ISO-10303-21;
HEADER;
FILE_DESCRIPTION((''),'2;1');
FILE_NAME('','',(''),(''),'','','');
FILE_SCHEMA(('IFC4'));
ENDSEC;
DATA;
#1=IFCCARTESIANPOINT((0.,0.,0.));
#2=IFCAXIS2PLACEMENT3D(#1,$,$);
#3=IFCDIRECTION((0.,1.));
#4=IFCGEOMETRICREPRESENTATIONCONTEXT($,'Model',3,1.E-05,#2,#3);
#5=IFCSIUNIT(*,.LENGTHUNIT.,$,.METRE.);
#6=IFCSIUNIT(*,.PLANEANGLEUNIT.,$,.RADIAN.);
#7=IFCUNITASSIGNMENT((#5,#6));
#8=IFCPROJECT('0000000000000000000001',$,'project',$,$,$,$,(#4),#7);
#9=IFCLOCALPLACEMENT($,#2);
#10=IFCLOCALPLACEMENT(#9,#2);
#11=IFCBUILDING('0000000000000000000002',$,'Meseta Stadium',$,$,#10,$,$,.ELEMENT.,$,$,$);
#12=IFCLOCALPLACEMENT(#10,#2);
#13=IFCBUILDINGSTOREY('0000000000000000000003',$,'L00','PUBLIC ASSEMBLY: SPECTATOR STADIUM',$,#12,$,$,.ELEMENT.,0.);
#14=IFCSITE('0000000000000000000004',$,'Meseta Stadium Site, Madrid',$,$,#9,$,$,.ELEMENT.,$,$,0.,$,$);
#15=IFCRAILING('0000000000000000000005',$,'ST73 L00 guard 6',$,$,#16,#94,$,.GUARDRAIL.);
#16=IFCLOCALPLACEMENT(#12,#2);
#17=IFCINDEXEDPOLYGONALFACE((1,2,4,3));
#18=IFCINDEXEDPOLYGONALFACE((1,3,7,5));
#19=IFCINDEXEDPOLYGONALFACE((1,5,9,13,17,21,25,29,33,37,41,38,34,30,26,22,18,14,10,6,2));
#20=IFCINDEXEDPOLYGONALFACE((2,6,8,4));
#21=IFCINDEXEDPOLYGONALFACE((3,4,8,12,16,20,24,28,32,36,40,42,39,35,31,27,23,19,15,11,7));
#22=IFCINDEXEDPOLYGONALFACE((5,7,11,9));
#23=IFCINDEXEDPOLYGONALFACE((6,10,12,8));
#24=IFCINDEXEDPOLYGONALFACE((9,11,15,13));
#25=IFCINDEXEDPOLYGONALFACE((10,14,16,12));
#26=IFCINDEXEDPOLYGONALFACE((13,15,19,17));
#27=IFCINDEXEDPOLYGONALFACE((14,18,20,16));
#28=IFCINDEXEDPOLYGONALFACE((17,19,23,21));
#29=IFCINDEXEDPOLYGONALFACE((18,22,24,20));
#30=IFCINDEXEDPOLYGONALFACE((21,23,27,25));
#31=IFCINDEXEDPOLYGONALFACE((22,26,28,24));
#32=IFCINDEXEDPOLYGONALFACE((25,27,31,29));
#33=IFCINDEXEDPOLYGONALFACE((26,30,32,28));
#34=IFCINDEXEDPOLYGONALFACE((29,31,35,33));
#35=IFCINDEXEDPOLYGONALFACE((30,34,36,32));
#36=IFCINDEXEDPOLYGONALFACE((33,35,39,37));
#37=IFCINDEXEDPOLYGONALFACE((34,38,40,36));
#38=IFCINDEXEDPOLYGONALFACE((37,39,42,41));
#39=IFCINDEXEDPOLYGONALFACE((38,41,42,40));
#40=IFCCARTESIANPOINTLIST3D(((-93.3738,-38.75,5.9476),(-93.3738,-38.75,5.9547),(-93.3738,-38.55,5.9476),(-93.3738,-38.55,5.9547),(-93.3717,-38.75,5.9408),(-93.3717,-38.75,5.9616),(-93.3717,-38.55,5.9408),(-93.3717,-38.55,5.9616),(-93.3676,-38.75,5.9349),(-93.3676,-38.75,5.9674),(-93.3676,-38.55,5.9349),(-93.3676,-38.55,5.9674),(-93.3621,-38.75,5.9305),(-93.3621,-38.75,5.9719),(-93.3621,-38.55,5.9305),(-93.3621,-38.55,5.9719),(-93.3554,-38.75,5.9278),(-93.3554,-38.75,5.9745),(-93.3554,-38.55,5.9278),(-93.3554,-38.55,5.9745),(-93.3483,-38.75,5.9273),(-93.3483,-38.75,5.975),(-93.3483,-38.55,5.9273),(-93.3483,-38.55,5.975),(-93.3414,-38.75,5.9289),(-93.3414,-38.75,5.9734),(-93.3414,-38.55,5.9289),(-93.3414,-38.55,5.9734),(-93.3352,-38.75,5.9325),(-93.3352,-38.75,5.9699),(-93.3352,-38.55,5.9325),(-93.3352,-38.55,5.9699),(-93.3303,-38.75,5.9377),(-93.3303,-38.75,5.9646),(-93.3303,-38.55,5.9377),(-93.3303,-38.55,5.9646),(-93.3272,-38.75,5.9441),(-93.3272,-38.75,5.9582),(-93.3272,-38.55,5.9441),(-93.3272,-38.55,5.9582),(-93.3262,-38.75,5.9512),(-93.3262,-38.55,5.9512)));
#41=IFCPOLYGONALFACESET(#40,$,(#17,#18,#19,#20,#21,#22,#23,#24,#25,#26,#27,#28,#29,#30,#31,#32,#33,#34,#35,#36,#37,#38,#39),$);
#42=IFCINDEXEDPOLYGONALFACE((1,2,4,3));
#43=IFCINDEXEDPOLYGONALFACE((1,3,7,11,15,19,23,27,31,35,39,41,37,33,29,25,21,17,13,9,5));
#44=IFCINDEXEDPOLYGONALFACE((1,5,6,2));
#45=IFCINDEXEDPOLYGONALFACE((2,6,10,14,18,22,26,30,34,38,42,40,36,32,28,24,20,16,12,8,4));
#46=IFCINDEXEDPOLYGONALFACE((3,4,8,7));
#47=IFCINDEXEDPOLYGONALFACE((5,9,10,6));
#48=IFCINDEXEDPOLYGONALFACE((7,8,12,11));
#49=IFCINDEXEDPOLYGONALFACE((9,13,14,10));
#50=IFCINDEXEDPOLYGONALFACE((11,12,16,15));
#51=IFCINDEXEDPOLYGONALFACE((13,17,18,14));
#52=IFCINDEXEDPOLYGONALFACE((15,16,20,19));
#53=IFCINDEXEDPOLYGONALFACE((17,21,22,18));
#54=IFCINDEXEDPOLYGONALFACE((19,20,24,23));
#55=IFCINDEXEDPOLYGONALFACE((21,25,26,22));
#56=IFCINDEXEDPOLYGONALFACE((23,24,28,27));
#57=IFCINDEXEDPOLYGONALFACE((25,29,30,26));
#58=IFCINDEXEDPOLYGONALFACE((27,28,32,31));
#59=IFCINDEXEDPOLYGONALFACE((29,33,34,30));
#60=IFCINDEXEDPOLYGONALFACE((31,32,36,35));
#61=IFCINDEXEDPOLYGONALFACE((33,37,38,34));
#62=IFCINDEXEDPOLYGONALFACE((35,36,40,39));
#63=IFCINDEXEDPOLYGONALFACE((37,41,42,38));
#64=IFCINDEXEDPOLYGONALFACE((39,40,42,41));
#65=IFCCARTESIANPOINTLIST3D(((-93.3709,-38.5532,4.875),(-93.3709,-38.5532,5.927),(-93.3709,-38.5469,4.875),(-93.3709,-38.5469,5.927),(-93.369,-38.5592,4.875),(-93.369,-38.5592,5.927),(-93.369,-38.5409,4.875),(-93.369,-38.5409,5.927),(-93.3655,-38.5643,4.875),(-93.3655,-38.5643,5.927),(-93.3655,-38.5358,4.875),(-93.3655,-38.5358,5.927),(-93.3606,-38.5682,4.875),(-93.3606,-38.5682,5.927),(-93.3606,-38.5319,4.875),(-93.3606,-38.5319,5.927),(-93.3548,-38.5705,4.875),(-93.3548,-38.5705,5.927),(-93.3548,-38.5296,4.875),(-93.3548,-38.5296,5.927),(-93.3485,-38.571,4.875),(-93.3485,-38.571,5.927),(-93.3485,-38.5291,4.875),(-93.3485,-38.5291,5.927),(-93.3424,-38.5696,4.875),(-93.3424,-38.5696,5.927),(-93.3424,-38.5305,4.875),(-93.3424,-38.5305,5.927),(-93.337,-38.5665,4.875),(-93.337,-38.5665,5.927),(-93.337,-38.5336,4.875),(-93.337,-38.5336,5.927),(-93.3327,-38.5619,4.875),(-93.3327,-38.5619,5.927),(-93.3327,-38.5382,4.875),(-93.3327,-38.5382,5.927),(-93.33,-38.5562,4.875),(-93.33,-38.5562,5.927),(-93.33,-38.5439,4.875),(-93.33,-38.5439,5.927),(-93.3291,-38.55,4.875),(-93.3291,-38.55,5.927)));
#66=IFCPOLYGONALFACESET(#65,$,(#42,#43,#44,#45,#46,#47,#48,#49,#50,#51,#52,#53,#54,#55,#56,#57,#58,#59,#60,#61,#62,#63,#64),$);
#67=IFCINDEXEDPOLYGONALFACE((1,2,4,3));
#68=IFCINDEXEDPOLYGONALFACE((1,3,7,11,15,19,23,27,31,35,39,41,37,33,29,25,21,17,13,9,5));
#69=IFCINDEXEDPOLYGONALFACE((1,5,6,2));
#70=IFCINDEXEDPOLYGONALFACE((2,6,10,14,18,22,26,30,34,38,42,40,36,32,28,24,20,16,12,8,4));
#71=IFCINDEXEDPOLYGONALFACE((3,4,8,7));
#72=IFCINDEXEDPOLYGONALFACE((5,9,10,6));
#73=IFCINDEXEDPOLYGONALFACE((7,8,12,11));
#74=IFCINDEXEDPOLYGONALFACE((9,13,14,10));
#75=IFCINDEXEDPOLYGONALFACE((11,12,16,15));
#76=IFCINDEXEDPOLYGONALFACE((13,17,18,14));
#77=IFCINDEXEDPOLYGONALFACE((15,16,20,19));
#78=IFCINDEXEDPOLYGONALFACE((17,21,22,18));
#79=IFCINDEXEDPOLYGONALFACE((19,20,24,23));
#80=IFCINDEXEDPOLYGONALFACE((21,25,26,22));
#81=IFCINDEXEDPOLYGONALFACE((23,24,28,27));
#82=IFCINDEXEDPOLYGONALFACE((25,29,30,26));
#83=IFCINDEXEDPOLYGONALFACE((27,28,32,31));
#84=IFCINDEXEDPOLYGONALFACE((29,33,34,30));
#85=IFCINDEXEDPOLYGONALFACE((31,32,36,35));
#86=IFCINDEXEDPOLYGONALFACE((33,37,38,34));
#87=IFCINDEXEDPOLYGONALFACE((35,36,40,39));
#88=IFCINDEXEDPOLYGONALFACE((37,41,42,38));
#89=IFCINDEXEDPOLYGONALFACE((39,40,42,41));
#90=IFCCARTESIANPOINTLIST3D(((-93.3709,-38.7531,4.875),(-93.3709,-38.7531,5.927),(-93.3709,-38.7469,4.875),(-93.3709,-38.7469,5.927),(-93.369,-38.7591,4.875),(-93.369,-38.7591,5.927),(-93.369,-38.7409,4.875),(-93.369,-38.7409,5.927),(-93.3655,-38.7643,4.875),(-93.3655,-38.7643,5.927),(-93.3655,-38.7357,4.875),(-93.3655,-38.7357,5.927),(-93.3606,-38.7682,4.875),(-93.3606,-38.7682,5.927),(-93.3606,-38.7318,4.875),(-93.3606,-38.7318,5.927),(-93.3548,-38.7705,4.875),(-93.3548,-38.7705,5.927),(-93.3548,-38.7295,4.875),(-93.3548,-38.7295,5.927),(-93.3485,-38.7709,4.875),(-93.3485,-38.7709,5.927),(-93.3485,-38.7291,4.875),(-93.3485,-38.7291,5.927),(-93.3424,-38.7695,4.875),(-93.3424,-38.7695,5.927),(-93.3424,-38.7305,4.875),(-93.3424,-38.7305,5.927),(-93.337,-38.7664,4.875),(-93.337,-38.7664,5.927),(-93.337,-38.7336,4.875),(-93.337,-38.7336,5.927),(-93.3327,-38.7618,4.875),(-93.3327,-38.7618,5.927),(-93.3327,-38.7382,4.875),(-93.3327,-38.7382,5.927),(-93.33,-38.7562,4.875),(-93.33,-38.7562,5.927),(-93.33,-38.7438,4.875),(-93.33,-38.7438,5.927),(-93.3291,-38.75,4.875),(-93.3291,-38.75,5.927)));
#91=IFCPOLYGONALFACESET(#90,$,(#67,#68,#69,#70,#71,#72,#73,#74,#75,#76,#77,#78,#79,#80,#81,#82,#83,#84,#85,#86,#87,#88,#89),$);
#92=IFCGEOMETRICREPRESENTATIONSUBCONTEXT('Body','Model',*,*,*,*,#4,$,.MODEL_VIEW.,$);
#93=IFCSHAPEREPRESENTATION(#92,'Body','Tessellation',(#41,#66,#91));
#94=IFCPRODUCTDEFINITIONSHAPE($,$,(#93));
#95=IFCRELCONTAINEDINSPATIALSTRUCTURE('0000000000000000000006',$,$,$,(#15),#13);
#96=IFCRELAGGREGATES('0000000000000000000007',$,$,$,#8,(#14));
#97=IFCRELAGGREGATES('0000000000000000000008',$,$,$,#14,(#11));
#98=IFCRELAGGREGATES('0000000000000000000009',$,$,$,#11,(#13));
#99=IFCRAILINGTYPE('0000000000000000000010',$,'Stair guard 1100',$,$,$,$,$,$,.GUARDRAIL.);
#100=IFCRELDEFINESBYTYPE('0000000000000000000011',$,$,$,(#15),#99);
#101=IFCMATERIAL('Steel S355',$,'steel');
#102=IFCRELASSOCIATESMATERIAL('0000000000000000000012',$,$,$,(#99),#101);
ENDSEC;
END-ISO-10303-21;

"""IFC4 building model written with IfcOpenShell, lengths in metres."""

from ifc_helpers import new_model, si_unit, direction, frame, origin, origin_2d, place, context, subcontext, project, spatial, circle, extrude, material, type_object, element, save


model = new_model("IFC4")

# Units and contexts
model_context = context("Model", 3, precision=1e-05, world=origin(), true_north=direction((0.0, 1.0)))
body_context = subcontext(model_context, "Body", "Model", "MODEL_VIEW")
ifc_project = project(units=[si_unit("LENGTHUNIT", "METRE"), si_unit("PLANEANGLEUNIT", "RADIAN")], contexts=[model_context])

# Site, building, storey
site_placement = place(None, origin())
site = spatial("IfcSite", under=ifc_project, at=site_placement, Name="Meseta Stadium Site, Madrid", CompositionType="ELEMENT", RefElevation=0.0)
building_placement = place(site_placement, origin())
building = spatial("IfcBuilding", under=site, at=building_placement, Name="Meseta Stadium", CompositionType="ELEMENT")
storey_placement = place(building_placement, origin())
storey = spatial("IfcBuildingStorey", under=building, at=storey_placement, Name="L00", Description="PUBLIC ASSEMBLY: SPECTATOR STADIUM", CompositionType="ELEMENT", Elevation=0.0)

# Railing
ifc_material_1 = material(Name="Steel S355", Category="steel")
railing_type_1 = type_object("IfcRailingType", Name="Stair guard 1100", PredefinedType="GUARDRAIL", material=ifc_material_1)
railing_1_placement = place(storey_placement, frame((-93.3501, -38.55, 4.875)))
element("IfcRailing", 1, at=railing_1_placement, inside=storey, type_object=railing_type_1, Name="ST73 L00 guard 6", PredefinedType="GUARDRAIL", context=body_context, shape_type="SweptSolid", body=[
    extrude(circle(Radius=0.0239, at=origin_2d()), frame((0.0, 0.0, 1.0762), z_axis=(0.0, -1.0, 0.0), x_axis=(1.0, 0.0, 0.0)), (0.0, 0.0, 1.0), 0.2),
    extrude(circle(Radius=0.021, at=origin_2d()), origin(), (0.0, 0.0, 1.0), 1.052),
    extrude(circle(Radius=0.021, at=origin_2d()), frame((0.0, -0.2, 0.0)), (0.0, 0.0, 1.0), 1.052),
])

save(model, "model.ifc")
